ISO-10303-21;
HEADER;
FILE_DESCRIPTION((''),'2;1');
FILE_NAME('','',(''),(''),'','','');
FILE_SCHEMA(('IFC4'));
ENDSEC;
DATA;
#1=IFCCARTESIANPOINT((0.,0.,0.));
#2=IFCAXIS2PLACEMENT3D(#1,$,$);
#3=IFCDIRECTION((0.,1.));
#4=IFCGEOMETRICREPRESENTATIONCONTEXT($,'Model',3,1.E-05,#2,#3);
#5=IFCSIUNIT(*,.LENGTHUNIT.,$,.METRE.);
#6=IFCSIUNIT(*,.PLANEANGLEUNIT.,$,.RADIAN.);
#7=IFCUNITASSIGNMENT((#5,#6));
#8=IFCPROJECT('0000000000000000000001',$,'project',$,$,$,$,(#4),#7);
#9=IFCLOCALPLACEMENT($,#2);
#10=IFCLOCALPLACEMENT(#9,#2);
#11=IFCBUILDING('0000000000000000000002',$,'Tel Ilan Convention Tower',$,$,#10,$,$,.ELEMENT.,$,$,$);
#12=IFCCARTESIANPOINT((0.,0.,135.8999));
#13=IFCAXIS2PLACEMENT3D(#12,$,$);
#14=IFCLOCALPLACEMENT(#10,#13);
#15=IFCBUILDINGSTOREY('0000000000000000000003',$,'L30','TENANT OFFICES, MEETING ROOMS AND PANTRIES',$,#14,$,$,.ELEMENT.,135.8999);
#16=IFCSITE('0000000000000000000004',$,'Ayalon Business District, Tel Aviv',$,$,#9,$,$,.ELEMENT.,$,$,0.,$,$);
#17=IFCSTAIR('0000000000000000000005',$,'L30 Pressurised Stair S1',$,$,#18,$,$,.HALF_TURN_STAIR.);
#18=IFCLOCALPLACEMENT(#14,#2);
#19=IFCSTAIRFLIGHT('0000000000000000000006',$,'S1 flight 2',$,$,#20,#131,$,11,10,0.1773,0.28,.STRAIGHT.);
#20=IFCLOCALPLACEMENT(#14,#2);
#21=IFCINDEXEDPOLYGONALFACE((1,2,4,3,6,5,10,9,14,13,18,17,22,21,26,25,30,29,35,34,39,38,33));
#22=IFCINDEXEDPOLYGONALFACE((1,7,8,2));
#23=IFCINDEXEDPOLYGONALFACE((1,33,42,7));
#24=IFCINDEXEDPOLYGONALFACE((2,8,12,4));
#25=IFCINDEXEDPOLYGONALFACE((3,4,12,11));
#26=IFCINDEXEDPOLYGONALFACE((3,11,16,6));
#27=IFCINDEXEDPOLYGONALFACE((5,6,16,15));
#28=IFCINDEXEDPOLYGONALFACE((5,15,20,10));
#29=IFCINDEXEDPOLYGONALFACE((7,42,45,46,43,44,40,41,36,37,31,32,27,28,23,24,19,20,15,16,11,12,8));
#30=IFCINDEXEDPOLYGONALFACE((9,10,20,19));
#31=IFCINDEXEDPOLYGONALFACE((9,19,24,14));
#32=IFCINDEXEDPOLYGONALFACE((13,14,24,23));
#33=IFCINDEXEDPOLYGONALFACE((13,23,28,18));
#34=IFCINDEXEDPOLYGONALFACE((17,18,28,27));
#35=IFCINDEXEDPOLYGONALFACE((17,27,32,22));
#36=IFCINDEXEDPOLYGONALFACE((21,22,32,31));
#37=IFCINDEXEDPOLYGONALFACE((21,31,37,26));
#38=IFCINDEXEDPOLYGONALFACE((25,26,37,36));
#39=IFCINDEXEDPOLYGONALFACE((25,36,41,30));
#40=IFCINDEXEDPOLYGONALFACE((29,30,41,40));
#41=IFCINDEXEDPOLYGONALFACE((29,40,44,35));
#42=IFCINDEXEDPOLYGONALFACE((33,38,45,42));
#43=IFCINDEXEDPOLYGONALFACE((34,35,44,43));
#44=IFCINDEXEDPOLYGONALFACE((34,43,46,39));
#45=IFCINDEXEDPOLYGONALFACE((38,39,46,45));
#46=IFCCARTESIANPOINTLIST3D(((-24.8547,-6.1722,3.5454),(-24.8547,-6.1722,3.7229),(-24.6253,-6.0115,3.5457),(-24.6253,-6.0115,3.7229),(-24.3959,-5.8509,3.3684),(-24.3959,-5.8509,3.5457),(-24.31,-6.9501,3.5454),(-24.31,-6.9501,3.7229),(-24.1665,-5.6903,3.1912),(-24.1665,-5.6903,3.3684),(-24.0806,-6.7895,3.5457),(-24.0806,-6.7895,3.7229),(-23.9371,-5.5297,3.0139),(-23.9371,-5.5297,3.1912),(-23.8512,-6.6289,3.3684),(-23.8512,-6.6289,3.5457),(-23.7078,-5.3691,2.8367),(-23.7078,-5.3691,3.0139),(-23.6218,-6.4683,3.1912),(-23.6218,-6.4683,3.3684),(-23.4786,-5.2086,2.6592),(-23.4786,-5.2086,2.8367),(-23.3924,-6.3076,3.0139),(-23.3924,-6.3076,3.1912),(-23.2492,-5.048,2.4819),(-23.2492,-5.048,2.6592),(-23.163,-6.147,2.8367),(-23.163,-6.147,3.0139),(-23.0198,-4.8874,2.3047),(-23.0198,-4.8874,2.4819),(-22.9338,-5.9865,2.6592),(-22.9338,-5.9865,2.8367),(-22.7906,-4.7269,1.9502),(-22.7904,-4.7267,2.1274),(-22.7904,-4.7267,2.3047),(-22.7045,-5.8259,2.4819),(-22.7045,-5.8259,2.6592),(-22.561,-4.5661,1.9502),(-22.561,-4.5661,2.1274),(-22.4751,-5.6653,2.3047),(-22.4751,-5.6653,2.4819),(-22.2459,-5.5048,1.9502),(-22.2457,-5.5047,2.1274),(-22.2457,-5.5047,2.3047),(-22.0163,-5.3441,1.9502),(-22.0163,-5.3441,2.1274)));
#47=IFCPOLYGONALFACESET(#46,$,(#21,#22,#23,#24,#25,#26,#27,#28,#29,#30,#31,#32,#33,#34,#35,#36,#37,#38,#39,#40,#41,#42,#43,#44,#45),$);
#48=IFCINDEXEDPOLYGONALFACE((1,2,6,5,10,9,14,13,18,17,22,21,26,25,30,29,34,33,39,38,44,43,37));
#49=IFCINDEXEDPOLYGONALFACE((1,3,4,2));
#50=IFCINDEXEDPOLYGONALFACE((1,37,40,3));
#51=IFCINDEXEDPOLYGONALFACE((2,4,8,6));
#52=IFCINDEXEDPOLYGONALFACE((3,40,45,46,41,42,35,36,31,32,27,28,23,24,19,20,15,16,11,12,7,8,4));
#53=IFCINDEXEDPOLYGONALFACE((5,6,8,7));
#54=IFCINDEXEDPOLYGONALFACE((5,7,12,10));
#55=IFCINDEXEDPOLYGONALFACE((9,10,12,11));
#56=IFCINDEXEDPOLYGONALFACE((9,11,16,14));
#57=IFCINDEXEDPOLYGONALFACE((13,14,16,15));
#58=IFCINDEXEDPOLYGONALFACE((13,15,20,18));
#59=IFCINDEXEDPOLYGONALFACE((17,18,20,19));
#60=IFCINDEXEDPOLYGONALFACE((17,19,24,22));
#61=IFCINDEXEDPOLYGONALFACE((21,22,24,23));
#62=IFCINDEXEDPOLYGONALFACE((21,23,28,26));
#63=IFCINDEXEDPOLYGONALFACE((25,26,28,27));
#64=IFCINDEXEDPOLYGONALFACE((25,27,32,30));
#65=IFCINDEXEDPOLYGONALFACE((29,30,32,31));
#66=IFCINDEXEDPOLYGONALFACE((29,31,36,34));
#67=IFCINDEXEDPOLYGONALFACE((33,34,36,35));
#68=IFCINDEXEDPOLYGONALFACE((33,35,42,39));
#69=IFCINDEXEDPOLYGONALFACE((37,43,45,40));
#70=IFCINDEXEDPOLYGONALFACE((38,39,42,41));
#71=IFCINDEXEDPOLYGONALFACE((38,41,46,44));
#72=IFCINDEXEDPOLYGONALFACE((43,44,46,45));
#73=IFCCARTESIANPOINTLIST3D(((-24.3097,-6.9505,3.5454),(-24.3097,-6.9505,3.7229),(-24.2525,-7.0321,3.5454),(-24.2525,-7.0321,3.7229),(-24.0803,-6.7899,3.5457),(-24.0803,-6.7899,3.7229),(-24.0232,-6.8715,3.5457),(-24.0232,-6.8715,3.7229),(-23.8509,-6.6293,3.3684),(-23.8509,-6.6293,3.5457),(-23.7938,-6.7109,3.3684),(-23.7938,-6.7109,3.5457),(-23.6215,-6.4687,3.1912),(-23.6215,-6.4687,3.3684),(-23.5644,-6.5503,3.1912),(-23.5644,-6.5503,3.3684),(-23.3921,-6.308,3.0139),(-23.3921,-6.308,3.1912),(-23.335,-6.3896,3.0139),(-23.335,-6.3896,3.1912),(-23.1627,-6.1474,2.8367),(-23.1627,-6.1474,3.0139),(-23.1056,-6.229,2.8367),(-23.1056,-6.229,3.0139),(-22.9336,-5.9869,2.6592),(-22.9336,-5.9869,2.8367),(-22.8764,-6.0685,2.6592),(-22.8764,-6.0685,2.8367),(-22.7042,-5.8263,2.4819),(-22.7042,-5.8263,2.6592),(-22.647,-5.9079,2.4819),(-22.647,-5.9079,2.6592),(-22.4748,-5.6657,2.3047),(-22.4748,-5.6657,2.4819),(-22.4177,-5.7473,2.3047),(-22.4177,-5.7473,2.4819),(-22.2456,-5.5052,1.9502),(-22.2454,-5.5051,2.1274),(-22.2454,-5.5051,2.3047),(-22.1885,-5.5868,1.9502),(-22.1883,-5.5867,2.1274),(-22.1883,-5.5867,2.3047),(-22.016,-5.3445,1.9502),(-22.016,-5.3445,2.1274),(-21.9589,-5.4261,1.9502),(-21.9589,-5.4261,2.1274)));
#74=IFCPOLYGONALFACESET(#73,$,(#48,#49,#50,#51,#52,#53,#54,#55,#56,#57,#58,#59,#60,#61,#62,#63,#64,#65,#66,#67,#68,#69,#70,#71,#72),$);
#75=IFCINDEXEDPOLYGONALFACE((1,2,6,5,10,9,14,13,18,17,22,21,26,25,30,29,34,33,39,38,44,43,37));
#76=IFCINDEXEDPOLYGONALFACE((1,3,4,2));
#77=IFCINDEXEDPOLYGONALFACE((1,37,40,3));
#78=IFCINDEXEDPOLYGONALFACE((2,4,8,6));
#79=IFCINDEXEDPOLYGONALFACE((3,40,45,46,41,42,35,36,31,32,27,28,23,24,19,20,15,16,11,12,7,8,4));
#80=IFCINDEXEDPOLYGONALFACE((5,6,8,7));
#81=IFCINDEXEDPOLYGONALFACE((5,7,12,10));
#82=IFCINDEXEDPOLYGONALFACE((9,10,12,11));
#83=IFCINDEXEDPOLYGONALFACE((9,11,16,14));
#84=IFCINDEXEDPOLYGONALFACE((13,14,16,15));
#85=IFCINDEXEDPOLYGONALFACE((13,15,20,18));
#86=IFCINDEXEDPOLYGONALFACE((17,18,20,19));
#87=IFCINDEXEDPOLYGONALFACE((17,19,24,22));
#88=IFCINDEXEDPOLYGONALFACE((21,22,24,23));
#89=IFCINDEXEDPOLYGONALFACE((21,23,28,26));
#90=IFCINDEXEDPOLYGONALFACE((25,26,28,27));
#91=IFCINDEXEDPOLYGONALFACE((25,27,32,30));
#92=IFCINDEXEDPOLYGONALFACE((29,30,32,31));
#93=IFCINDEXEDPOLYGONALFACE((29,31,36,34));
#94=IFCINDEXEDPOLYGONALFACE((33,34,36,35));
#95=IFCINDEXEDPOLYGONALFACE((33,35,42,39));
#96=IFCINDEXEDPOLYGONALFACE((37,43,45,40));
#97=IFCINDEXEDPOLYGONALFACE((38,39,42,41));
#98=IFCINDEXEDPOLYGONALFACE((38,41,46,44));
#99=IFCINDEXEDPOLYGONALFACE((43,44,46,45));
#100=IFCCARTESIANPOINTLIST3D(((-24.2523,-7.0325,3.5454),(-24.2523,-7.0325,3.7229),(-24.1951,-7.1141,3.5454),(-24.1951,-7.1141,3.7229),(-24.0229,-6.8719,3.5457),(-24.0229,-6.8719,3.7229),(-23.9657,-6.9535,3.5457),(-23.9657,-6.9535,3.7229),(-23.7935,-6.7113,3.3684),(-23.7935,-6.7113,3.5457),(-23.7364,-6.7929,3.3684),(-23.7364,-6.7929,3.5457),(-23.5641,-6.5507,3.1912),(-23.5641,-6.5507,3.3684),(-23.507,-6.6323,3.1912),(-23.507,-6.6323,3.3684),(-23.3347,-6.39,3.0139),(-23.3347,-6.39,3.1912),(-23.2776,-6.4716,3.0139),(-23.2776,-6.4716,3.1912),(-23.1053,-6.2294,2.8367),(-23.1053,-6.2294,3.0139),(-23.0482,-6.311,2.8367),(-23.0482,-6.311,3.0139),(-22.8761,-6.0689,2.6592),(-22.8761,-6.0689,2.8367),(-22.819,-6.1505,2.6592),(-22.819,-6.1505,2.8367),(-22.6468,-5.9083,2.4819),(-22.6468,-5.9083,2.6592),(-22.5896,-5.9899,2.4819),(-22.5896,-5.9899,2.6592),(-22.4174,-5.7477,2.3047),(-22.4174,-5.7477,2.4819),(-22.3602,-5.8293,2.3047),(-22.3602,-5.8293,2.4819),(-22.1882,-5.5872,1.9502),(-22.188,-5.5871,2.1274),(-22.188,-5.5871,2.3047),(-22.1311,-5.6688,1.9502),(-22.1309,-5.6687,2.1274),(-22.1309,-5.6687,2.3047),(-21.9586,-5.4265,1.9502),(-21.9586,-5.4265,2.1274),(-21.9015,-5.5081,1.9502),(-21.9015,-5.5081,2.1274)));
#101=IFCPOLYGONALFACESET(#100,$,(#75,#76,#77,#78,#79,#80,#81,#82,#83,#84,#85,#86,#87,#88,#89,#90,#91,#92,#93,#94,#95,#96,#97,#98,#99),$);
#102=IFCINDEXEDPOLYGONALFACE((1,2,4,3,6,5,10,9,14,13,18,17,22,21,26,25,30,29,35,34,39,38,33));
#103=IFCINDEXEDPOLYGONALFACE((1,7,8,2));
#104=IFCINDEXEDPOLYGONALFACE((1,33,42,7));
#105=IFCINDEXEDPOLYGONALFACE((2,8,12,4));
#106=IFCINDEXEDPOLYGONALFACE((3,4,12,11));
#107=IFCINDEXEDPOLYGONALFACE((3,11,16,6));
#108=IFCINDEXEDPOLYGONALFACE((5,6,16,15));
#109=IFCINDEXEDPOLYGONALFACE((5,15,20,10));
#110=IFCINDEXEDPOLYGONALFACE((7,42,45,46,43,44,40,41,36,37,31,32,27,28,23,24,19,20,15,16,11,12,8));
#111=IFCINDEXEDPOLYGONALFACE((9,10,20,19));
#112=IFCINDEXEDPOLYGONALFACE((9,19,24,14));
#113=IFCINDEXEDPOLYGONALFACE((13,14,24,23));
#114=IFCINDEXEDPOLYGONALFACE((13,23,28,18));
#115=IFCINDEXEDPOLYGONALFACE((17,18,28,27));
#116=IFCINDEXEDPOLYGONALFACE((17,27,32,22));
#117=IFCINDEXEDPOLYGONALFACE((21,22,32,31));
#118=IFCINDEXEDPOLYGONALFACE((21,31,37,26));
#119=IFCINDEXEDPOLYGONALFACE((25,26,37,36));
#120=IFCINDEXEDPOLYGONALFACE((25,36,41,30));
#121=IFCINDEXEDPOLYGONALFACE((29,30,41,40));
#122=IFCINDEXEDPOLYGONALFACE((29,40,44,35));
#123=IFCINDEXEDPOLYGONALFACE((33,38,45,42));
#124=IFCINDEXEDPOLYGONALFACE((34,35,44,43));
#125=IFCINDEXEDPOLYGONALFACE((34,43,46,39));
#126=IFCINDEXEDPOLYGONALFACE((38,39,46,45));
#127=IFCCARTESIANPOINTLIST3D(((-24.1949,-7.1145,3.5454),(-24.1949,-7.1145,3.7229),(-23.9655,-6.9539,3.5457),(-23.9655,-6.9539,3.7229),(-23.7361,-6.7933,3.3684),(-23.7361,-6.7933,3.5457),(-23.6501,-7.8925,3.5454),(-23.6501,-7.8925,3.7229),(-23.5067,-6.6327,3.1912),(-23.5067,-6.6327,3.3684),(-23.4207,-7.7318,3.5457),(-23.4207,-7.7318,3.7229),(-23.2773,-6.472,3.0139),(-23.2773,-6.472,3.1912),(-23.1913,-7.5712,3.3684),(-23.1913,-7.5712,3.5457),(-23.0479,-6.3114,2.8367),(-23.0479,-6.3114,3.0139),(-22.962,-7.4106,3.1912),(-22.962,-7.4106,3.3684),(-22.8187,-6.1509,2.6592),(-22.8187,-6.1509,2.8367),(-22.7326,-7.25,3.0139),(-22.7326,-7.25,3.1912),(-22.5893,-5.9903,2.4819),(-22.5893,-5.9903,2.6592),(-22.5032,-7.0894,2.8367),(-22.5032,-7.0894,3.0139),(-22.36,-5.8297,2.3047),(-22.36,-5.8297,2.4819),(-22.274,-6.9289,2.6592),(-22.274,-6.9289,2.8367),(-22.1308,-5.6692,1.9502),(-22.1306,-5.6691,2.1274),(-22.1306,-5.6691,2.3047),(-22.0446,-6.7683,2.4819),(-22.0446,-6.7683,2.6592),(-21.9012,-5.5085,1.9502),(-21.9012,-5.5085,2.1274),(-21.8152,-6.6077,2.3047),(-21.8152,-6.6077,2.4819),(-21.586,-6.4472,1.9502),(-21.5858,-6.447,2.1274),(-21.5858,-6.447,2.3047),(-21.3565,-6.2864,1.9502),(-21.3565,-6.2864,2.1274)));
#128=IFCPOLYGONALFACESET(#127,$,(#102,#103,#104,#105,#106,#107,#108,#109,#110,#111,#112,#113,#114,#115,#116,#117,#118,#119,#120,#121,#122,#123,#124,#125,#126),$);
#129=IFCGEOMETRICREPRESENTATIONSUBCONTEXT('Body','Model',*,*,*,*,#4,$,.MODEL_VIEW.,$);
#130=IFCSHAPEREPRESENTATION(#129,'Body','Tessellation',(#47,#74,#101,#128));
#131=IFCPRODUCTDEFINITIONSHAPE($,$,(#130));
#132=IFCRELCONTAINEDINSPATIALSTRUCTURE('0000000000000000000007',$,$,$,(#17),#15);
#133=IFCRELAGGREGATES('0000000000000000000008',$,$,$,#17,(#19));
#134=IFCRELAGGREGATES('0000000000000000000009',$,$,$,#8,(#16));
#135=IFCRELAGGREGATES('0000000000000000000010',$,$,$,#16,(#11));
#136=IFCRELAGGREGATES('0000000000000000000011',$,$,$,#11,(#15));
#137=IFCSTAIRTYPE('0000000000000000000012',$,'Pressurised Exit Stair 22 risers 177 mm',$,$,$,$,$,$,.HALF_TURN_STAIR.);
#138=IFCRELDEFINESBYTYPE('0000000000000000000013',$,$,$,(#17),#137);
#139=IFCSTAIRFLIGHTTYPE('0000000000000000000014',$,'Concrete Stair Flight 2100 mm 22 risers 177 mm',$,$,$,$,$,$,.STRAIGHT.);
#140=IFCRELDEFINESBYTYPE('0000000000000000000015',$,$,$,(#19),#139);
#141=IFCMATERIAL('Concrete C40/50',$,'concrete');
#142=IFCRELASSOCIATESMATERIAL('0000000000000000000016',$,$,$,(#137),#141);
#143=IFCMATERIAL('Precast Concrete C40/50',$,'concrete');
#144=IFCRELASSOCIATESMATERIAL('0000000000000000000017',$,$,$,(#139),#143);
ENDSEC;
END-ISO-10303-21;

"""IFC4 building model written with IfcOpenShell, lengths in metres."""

from ifc_helpers import new_model, si_unit, direction, frame, origin, place, context, subcontext, project, spatial, polyline, outline, extrude, material, type_object, element, aggregate, save


model = new_model("IFC4")

# Units and contexts
model_context = context("Model", 3, precision=1e-05, world=origin(), true_north=direction((0.0, 1.0)))
body_context = subcontext(model_context, "Body", "Model", "MODEL_VIEW")
ifc_project = project(units=[si_unit("LENGTHUNIT", "METRE"), si_unit("PLANEANGLEUNIT", "RADIAN")], contexts=[model_context])

# Site, building, storey
site_placement = place(None, origin())
site = spatial("IfcSite", under=ifc_project, at=site_placement, Name="Ayalon Business District, Tel Aviv", CompositionType="ELEMENT", RefElevation=0.0)
building_placement = place(site_placement, origin())
building = spatial("IfcBuilding", under=site, at=building_placement, Name="Tel Ilan Convention Tower", CompositionType="ELEMENT")
storey_placement = place(building_placement, frame((0.0, 0.0, 135.8999)))
storey = spatial("IfcBuildingStorey", under=building, at=storey_placement, Name="L30", Description="TENANT OFFICES, MEETING ROOMS AND PANTRIES", CompositionType="ELEMENT", Elevation=135.8999)

# Stair, stair flight
ifc_material_1 = material(Name="Concrete C40/50", Category="concrete")
stair_type = type_object("IfcStairType", Name="Pressurised Exit Stair 22 risers 177 mm", PredefinedType="HALF_TURN_STAIR", material=ifc_material_1)
stair_1_placement = place(storey_placement, origin())
stair_1 = element("IfcStair", 1, at=stair_1_placement, inside=storey, type_object=stair_type, Name="L30 Pressurised Stair S1", PredefinedType="HALF_TURN_STAIR")
ifc_material_2 = material(Name="Precast Concrete C40/50", Category="concrete")
stair_flight_type = type_object("IfcStairFlightType", Name="Concrete Stair Flight 2100 mm 22 risers 177 mm", PredefinedType="STRAIGHT", material=ifc_material_2)
stair_flight_1_placement = place(storey_placement, frame((-21.9587, -5.4263, 1.9502), z_axis=(0.0, 0.0, 1.0), x_axis=(-0.819152, -0.573576, 0.0)))
stair_flight_1 = element("IfcStairFlight", 2, at=stair_flight_1_placement, type_object=stair_flight_type, Name="S1 flight 2", NumberOfRisers=11, NumberOfTreads=10, PredefinedType="STRAIGHT", RiserHeight=0.1773, TreadLength=0.28, context=body_context, shape_type="SweptSolid", body=[
    extrude(outline(polyline([(0.0, 0.0), (0.0, 0.1772), (0.28, 0.1772), (0.28, 0.3545), (0.5601, 0.3545), (0.5601, 0.5317), (0.8401, 0.5317), (0.8401, 0.709), (1.1201, 0.709), (1.1201, 0.8865), (1.3999, 0.8865), (1.3999, 1.0637), (1.6799, 1.0637), (1.6799, 1.241), (1.96, 1.241), (1.96, 1.4182), (2.24, 1.4182), (2.24, 1.5955), (2.52, 1.5955), (2.52, 1.7727), (2.8, 1.7727), (2.8, 1.95), (2.8, 1.5952), (0.2803, 0.0), (0.0, 0.0)])), frame((0.0, -0.1003, 0.0), z_axis=(0.0, -1.0, 0.0), x_axis=(1.0, 0.0, 0.0)), (0.0, 0.0, 1.0), 0.9497),
    extrude(outline(polyline([(0.0, 0.0), (0.0, 0.1772), (0.28, 0.1772), (0.28, 0.3545), (0.5601, 0.3545), (0.5601, 0.5317), (0.8401, 0.5317), (0.8401, 0.709), (1.1201, 0.709), (1.1201, 0.8865), (1.3999, 0.8865), (1.3999, 1.0637), (1.6799, 1.0637), (1.6799, 1.241), (1.96, 1.241), (1.96, 1.4182), (2.24, 1.4182), (2.24, 1.5955), (2.52, 1.5955), (2.52, 1.7727), (2.8, 1.7727), (2.8, 1.95), (2.8, 1.5952), (0.2803, 0.0), (0.0, 0.0)])), frame((0.0, -0.0002, 0.0), z_axis=(0.0, -1.0, 0.0), x_axis=(1.0, 0.0, 0.0)), (0.0, 0.0, 1.0), 0.0996),
    extrude(outline(polyline([(0.0, 0.0), (0.0, 0.1772), (0.28, 0.1772), (0.28, 0.3545), (0.5601, 0.3545), (0.5601, 0.5317), (0.8401, 0.5317), (0.8401, 0.709), (1.1201, 0.709), (1.1201, 0.8865), (1.3999, 0.8865), (1.3999, 1.0637), (1.6799, 1.0637), (1.6799, 1.241), (1.96, 1.241), (1.96, 1.4182), (2.24, 1.4182), (2.24, 1.5955), (2.52, 1.5955), (2.52, 1.7727), (2.8, 1.7727), (2.8, 1.95), (2.8, 1.5952), (0.2803, 0.0), (0.0, 0.0)])), frame((0.0, 0.0999, 0.0), z_axis=(0.0, -1.0, 0.0), x_axis=(1.0, 0.0, 0.0)), (0.0, 0.0, 1.0), 0.0996),
    extrude(outline(polyline([(0.0, 0.0), (0.0, 0.1772), (0.28, 0.1772), (0.28, 0.3545), (0.5601, 0.3545), (0.5601, 0.5317), (0.8401, 0.5317), (0.8401, 0.709), (1.1201, 0.709), (1.1201, 0.8865), (1.3999, 0.8865), (1.3999, 1.0637), (1.6799, 1.0637), (1.6799, 1.241), (1.96, 1.241), (1.96, 1.4182), (2.24, 1.4182), (2.24, 1.5955), (2.52, 1.5955), (2.52, 1.7727), (2.8, 1.7727), (2.8, 1.95), (2.8, 1.5952), (0.2803, 0.0), (0.0, 0.0)])), frame((0.0, 1.05, 0.0), z_axis=(0.0, -1.0, 0.0), x_axis=(1.0, 0.0, 0.0)), (0.0, 0.0, 1.0), 0.9497),
])
aggregate(stair_1, [stair_flight_1])

save(model, "model.ifc")
